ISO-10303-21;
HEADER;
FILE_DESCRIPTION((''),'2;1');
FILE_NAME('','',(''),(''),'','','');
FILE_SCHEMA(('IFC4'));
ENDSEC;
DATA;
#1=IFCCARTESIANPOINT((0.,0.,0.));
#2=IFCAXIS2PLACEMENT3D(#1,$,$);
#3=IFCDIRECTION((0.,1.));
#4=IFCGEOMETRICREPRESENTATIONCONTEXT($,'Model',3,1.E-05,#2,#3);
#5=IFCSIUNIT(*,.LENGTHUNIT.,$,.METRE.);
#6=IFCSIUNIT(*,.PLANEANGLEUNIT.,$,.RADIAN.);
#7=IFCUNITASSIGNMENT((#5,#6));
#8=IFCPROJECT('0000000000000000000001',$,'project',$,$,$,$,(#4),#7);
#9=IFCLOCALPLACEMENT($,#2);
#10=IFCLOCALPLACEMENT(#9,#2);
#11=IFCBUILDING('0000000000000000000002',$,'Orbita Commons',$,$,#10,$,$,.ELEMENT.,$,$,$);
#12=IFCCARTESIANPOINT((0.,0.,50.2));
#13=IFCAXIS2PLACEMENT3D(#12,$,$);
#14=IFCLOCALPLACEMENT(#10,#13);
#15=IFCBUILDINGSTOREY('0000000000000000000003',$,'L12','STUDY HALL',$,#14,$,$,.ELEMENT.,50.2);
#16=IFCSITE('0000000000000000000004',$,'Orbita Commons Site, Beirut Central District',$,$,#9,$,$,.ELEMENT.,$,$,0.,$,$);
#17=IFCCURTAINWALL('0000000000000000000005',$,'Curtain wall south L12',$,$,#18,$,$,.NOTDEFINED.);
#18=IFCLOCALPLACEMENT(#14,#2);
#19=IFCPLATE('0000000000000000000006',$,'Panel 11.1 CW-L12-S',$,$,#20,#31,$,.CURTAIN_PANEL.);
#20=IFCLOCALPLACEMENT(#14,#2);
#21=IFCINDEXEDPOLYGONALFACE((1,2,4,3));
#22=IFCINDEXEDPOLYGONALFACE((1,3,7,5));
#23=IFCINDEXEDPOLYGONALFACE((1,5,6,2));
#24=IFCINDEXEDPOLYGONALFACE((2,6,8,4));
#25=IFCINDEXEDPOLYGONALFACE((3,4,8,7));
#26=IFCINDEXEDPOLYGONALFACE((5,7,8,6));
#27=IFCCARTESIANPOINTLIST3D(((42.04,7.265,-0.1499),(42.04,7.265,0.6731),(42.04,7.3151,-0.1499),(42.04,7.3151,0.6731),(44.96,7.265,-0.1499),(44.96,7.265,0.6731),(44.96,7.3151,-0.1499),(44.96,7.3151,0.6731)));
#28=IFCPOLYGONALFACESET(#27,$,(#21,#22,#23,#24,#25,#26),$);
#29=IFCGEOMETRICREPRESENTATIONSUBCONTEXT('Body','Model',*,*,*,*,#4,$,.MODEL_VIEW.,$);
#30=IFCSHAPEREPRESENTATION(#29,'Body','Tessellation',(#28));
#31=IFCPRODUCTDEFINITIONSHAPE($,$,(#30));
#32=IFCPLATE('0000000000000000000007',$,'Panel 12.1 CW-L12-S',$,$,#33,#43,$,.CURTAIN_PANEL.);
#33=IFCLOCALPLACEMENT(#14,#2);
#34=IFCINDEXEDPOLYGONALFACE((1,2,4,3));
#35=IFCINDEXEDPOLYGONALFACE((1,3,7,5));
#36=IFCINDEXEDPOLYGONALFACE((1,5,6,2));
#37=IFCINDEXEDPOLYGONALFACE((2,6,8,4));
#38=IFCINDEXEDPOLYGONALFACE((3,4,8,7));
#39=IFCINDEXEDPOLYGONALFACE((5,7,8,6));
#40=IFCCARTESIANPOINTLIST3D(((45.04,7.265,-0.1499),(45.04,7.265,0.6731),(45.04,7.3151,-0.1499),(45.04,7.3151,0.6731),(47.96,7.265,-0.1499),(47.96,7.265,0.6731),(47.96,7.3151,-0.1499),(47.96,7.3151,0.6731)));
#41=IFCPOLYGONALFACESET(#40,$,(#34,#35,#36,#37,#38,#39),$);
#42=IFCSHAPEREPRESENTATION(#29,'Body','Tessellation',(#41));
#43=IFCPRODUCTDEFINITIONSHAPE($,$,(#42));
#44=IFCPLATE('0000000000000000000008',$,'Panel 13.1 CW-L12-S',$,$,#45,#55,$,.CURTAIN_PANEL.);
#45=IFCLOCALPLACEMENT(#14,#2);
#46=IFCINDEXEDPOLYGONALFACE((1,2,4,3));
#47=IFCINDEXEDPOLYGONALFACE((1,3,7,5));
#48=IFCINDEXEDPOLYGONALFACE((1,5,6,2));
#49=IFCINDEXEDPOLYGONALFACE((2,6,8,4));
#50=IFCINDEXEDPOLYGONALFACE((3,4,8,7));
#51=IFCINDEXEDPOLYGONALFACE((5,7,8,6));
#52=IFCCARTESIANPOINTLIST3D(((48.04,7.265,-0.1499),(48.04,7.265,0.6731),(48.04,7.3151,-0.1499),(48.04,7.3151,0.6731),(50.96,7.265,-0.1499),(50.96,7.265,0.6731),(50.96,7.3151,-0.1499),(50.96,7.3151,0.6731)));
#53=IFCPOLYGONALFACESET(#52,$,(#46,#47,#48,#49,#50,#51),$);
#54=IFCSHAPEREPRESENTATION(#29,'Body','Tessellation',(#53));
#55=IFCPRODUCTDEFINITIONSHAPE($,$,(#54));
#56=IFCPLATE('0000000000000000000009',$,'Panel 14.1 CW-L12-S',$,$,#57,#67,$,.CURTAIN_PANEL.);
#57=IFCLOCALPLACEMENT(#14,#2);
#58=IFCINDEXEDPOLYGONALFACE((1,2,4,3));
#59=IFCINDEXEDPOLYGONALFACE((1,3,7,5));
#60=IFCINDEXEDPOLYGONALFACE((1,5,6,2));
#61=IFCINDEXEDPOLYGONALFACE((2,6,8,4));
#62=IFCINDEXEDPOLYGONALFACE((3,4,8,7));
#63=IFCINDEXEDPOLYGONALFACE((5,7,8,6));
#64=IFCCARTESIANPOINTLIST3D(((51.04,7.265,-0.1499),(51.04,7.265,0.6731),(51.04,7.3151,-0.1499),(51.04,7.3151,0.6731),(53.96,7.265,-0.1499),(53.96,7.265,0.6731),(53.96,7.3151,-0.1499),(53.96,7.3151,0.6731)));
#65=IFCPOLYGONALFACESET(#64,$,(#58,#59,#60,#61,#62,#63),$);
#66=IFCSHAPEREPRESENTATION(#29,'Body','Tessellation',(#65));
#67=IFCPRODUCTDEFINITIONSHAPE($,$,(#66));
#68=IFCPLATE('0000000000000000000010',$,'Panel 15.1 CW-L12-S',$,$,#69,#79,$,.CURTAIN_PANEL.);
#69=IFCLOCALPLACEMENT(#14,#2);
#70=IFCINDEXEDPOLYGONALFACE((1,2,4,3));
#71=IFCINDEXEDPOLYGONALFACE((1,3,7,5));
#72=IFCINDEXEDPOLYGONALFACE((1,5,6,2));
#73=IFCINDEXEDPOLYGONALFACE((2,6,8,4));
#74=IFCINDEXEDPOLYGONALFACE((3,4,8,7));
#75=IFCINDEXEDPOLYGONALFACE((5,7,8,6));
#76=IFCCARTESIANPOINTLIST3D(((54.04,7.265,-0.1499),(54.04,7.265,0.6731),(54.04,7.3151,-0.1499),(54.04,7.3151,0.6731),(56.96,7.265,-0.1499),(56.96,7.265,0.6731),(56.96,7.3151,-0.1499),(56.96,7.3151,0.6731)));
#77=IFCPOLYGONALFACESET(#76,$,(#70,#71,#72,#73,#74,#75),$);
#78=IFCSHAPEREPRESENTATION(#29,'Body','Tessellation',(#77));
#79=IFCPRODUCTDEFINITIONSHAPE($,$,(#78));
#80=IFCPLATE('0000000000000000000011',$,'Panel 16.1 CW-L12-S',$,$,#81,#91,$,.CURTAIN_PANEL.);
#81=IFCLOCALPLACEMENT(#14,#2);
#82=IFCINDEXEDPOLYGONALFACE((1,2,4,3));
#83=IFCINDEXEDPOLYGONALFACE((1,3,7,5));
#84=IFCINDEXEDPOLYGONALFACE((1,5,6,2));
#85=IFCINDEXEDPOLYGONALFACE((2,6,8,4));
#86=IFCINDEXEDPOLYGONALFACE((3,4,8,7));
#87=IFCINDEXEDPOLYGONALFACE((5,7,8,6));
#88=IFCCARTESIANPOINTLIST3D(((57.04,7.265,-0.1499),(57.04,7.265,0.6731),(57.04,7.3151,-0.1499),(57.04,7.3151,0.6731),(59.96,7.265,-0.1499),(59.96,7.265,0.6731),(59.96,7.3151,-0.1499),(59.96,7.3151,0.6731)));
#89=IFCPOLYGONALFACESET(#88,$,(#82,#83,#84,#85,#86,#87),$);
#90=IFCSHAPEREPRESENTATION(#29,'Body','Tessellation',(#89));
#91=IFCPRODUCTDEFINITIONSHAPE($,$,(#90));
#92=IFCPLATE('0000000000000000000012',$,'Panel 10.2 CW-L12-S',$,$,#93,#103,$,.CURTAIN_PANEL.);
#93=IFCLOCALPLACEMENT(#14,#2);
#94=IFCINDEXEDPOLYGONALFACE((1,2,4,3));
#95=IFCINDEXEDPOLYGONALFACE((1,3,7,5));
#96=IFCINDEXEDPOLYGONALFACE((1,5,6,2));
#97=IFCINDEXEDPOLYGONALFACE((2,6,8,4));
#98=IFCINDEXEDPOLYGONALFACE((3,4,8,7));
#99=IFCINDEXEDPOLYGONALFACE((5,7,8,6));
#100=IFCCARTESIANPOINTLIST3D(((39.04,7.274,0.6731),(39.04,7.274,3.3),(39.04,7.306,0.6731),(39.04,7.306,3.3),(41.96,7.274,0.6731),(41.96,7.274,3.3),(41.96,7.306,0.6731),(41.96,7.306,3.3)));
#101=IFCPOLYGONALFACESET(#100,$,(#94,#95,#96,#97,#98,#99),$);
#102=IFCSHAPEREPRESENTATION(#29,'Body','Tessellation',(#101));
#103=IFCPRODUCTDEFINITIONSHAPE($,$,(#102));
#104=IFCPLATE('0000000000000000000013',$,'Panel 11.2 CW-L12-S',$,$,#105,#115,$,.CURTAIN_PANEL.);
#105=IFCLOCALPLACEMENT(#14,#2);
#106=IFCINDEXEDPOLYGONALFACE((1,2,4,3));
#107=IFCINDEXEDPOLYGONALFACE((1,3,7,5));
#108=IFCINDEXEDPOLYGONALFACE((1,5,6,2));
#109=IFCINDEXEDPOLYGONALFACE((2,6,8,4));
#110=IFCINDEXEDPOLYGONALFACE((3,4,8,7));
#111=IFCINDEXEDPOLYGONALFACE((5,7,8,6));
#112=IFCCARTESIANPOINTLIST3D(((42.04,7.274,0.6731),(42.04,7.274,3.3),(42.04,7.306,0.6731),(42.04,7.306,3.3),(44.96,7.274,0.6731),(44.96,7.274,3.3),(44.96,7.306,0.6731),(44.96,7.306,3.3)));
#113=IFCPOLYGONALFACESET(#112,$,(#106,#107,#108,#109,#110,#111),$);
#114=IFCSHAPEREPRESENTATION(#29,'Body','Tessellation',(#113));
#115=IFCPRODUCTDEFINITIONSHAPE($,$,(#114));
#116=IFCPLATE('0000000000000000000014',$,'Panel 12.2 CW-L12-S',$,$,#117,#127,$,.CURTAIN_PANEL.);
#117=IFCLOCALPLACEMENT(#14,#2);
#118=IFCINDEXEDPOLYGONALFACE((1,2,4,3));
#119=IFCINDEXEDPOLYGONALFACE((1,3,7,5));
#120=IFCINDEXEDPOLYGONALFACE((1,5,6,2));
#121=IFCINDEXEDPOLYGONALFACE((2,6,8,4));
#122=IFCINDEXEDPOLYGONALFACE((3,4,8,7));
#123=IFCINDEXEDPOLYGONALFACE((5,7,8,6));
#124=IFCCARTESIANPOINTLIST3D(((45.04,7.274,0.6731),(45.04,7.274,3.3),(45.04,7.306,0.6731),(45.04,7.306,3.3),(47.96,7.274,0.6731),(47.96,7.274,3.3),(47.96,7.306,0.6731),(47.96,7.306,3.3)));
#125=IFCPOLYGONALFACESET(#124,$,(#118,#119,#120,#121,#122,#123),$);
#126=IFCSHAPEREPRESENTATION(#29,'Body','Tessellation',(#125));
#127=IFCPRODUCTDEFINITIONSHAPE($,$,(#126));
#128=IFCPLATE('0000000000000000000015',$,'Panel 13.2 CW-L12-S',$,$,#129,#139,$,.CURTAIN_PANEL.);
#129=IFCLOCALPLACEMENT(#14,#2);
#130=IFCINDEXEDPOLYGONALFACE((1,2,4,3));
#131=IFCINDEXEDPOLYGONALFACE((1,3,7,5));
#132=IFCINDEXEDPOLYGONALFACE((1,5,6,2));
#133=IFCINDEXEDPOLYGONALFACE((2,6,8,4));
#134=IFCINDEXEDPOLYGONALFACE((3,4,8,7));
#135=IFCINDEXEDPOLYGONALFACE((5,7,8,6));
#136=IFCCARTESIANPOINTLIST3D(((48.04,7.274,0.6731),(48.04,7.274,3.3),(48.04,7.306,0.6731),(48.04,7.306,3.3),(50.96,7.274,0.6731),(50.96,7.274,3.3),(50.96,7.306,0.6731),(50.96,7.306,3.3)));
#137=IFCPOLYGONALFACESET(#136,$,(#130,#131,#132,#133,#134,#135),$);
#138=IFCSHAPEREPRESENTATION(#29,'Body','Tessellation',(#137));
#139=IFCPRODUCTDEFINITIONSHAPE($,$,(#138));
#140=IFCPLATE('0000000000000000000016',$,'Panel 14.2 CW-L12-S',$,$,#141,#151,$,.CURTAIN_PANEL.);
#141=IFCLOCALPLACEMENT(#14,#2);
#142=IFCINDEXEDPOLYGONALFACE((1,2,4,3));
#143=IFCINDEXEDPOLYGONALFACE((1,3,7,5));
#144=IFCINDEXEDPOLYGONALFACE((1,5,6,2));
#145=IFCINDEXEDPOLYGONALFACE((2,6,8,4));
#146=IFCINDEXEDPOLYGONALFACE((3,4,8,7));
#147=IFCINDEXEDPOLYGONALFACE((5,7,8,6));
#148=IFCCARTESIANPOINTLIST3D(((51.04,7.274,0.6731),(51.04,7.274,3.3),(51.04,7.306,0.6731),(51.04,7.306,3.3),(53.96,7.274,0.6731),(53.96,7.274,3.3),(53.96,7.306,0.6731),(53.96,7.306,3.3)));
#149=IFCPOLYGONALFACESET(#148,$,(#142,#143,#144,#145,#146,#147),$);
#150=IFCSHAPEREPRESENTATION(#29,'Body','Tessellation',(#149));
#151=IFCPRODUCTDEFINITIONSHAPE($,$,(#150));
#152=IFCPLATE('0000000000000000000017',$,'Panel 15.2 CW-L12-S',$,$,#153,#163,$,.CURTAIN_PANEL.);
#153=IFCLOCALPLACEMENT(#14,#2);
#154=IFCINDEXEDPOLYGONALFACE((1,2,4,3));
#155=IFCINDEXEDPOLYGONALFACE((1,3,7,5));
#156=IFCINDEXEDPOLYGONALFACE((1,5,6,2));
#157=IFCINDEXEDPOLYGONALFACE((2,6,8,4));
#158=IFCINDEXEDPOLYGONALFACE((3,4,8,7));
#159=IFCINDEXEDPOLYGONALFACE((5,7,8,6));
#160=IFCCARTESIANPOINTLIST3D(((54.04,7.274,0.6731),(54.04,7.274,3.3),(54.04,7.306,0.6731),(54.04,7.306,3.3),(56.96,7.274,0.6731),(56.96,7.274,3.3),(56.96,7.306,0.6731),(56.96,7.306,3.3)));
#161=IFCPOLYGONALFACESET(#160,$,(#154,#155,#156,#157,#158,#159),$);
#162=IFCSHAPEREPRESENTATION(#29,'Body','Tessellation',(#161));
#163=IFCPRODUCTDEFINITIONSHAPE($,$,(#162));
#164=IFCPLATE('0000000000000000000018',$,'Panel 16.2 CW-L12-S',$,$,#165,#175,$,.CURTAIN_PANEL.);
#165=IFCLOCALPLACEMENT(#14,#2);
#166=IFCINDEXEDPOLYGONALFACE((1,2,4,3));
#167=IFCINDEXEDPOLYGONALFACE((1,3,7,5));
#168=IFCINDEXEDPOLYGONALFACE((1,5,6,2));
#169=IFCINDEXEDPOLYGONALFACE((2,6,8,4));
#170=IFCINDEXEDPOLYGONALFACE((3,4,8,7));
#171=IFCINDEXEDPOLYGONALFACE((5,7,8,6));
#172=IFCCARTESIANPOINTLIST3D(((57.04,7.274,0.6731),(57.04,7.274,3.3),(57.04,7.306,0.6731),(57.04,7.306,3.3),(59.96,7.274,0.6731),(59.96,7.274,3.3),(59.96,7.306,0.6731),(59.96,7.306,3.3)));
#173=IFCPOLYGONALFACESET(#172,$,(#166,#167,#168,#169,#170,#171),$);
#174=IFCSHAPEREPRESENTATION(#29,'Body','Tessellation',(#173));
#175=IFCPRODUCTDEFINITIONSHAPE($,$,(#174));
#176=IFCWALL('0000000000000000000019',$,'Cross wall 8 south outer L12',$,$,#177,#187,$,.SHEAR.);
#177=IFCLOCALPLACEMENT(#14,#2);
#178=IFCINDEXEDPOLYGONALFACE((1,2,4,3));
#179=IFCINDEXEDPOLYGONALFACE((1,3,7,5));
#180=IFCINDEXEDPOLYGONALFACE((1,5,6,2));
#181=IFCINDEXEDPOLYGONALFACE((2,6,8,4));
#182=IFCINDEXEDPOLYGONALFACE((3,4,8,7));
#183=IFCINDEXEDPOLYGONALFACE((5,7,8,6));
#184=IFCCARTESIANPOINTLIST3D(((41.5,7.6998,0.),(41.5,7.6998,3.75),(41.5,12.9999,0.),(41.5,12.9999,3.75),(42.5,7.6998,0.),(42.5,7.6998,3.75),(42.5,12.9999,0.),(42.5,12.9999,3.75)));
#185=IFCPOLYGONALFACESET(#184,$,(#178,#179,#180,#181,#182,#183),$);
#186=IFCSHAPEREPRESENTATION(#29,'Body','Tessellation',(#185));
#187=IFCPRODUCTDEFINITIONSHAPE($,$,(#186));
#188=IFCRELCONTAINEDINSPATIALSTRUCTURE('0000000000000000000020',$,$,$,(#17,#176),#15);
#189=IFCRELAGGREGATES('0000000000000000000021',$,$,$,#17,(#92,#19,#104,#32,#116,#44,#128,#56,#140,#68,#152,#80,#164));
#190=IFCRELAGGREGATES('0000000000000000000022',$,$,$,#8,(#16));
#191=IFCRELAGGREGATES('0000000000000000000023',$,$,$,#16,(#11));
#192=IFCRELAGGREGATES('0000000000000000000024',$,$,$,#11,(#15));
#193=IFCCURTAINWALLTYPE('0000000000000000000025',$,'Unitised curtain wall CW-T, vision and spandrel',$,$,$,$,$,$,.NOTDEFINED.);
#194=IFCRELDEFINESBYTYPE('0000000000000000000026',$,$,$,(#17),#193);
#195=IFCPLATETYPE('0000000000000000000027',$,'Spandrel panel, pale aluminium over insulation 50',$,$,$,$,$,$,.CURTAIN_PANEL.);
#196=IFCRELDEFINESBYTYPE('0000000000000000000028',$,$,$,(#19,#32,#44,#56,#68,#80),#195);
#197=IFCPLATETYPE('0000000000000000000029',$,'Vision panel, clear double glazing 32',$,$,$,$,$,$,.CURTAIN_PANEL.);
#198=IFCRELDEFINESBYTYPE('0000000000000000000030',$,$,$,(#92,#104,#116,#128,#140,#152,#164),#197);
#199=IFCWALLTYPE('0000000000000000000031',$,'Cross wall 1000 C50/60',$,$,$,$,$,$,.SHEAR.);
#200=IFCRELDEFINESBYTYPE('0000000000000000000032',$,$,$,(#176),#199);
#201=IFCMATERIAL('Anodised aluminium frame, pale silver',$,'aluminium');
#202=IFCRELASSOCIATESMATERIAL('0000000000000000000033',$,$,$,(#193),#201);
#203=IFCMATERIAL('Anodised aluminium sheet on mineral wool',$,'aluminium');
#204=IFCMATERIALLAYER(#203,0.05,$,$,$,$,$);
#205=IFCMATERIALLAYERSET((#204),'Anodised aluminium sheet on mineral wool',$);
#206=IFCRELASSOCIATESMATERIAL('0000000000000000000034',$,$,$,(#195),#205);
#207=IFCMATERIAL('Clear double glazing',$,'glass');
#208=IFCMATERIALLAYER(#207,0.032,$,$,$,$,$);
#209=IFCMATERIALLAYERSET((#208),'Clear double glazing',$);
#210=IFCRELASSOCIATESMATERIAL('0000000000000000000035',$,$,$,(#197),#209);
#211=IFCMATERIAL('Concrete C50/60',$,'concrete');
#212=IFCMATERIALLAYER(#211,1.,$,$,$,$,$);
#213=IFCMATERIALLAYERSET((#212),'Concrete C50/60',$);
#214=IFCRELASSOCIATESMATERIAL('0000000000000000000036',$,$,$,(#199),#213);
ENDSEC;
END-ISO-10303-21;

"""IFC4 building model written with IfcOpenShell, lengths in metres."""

from ifc_helpers import new_model, si_unit, direction, frame, frame_2d, origin, origin_2d, place, context, subcontext, project, spatial, rectangle, extrude, material, layer, layer_set, type_object, element, aggregate, save


model = new_model("IFC4")

# Units and contexts
model_context = context("Model", 3, precision=1e-05, world=origin(), true_north=direction((0.0, 1.0)))
body_context = subcontext(model_context, "Body", "Model", "MODEL_VIEW")
ifc_project = project(units=[si_unit("LENGTHUNIT", "METRE"), si_unit("PLANEANGLEUNIT", "RADIAN")], contexts=[model_context])

# Site, building, storey
site_placement = place(None, origin())
site = spatial("IfcSite", under=ifc_project, at=site_placement, Name="Orbita Commons Site, Beirut Central District", CompositionType="ELEMENT", RefElevation=0.0)
building_placement = place(site_placement, origin())
building = spatial("IfcBuilding", under=site, at=building_placement, Name="Orbita Commons", CompositionType="ELEMENT")
storey_placement = place(building_placement, frame((0.0, 0.0, 50.2)))
storey = spatial("IfcBuildingStorey", under=building, at=storey_placement, Name="L12", Description="STUDY HALL", CompositionType="ELEMENT", Elevation=50.2)

# Curtain wall, plates
ifc_material_1 = material(Name="Anodised aluminium frame, pale silver", Category="aluminium")
curtain_wall_type = type_object("IfcCurtainWallType", Name="Unitised curtain wall CW-T, vision and spandrel", PredefinedType="NOTDEFINED", material=ifc_material_1)
curtain_wall_placement = place(storey_placement, origin())
curtain_wall = element("IfcCurtainWall", 1, at=curtain_wall_placement, inside=storey, type_object=curtain_wall_type, Name="Curtain wall south L12", PredefinedType="NOTDEFINED")
ifc_material_2 = material(Name="Anodised aluminium sheet on mineral wool", Category="aluminium")
ifc_layer_1 = layer(ifc_material_2, 0.05)
ifc_layer_set_1 = layer_set([ifc_layer_1], Name="Anodised aluminium sheet on mineral wool")
plate_type_1 = type_object("IfcPlateType", Name="Spandrel panel, pale aluminium over insulation 50", PredefinedType="CURTAIN_PANEL", material=ifc_layer_set_1)
plate_1_placement = place(storey_placement, frame((43.5, 7.29, -0.1499), z_axis=(0.0, 0.0, 1.0), x_axis=(1.0, 0.0, 0.0)))
plate_1 = element("IfcPlate", 2, at=plate_1_placement, type_object=plate_type_1, Name="Panel 11.1 CW-L12-S", PredefinedType="CURTAIN_PANEL", context=body_context, shape_type="SweptSolid", body=[
    extrude(rectangle(XDim=2.9199, YDim=0.05, at=origin_2d()), origin(), (0.0, 0.0, 1.0), 0.823),
])
plate_2_placement = place(storey_placement, frame((46.5, 7.29, -0.1499), z_axis=(0.0, 0.0, 1.0), x_axis=(1.0, 0.0, 0.0)))
plate_2 = element("IfcPlate", 3, at=plate_2_placement, type_object=plate_type_1, Name="Panel 12.1 CW-L12-S", PredefinedType="CURTAIN_PANEL", context=body_context, shape_type="SweptSolid", body=[
    extrude(rectangle(XDim=2.9199, YDim=0.05, at=origin_2d()), origin(), (0.0, 0.0, 1.0), 0.823),
])
plate_3_placement = place(storey_placement, frame((49.5, 7.29, -0.1499), z_axis=(0.0, 0.0, 1.0), x_axis=(1.0, 0.0, 0.0)))
plate_3 = element("IfcPlate", 4, at=plate_3_placement, type_object=plate_type_1, Name="Panel 13.1 CW-L12-S", PredefinedType="CURTAIN_PANEL", context=body_context, shape_type="SweptSolid", body=[
    extrude(rectangle(XDim=2.9199, YDim=0.05, at=origin_2d()), origin(), (0.0, 0.0, 1.0), 0.823),
])
plate_4_placement = place(storey_placement, frame((52.5, 7.29, -0.1499), z_axis=(0.0, 0.0, 1.0), x_axis=(1.0, 0.0, 0.0)))
plate_4 = element("IfcPlate", 5, at=plate_4_placement, type_object=plate_type_1, Name="Panel 14.1 CW-L12-S", PredefinedType="CURTAIN_PANEL", context=body_context, shape_type="SweptSolid", body=[
    extrude(rectangle(XDim=2.9199, YDim=0.05, at=origin_2d()), origin(), (0.0, 0.0, 1.0), 0.823),
])
plate_5_placement = place(storey_placement, frame((55.5, 7.29, -0.1499), z_axis=(0.0, 0.0, 1.0), x_axis=(1.0, 0.0, 0.0)))
plate_5 = element("IfcPlate", 6, at=plate_5_placement, type_object=plate_type_1, Name="Panel 15.1 CW-L12-S", PredefinedType="CURTAIN_PANEL", context=body_context, shape_type="SweptSolid", body=[
    extrude(rectangle(XDim=2.9199, YDim=0.05, at=origin_2d()), origin(), (0.0, 0.0, 1.0), 0.823),
])
plate_6_placement = place(storey_placement, frame((58.5, 7.29, -0.1499), z_axis=(0.0, 0.0, 1.0), x_axis=(1.0, 0.0, 0.0)))
plate_6 = element("IfcPlate", 7, at=plate_6_placement, type_object=plate_type_1, Name="Panel 16.1 CW-L12-S", PredefinedType="CURTAIN_PANEL", context=body_context, shape_type="SweptSolid", body=[
    extrude(rectangle(XDim=2.9199, YDim=0.05, at=origin_2d()), origin(), (0.0, 0.0, 1.0), 0.823),
])
ifc_material_3 = material(Name="Clear double glazing", Category="glass")
ifc_layer_2 = layer(ifc_material_3, 0.032)
ifc_layer_set_2 = layer_set([ifc_layer_2], Name="Clear double glazing")
plate_type_2 = type_object("IfcPlateType", Name="Vision panel, clear double glazing 32", PredefinedType="CURTAIN_PANEL", material=ifc_layer_set_2)
plate_7_placement = place(storey_placement, frame((40.5, 7.29, 0.6731), z_axis=(0.0, 0.0, 1.0), x_axis=(1.0, 0.0, 0.0)))
plate_7 = element("IfcPlate", 8, at=plate_7_placement, type_object=plate_type_2, Name="Panel 10.2 CW-L12-S", PredefinedType="CURTAIN_PANEL", context=body_context, shape_type="SweptSolid", body=[
    extrude(rectangle(XDim=2.9199, YDim=0.032, at=origin_2d()), origin(), (0.0, 0.0, 1.0), 2.627),
])
plate_8_placement = place(storey_placement, frame((43.5, 7.29, 0.6731), z_axis=(0.0, 0.0, 1.0), x_axis=(1.0, 0.0, 0.0)))
plate_8 = element("IfcPlate", 9, at=plate_8_placement, type_object=plate_type_2, Name="Panel 11.2 CW-L12-S", PredefinedType="CURTAIN_PANEL", context=body_context, shape_type="SweptSolid", body=[
    extrude(rectangle(XDim=2.9199, YDim=0.032, at=origin_2d()), origin(), (0.0, 0.0, 1.0), 2.627),
])
plate_9_placement = place(storey_placement, frame((46.5, 7.29, 0.6731), z_axis=(0.0, 0.0, 1.0), x_axis=(1.0, 0.0, 0.0)))
plate_9 = element("IfcPlate", 10, at=plate_9_placement, type_object=plate_type_2, Name="Panel 12.2 CW-L12-S", PredefinedType="CURTAIN_PANEL", context=body_context, shape_type="SweptSolid", body=[
    extrude(rectangle(XDim=2.9199, YDim=0.032, at=origin_2d()), origin(), (0.0, 0.0, 1.0), 2.627),
])
plate_10_placement = place(storey_placement, frame((49.5, 7.29, 0.6731), z_axis=(0.0, 0.0, 1.0), x_axis=(1.0, 0.0, 0.0)))
plate_10 = element("IfcPlate", 11, at=plate_10_placement, type_object=plate_type_2, Name="Panel 13.2 CW-L12-S", PredefinedType="CURTAIN_PANEL", context=body_context, shape_type="SweptSolid", body=[
    extrude(rectangle(XDim=2.9199, YDim=0.032, at=origin_2d()), origin(), (0.0, 0.0, 1.0), 2.627),
])
plate_11_placement = place(storey_placement, frame((52.5, 7.29, 0.6731), z_axis=(0.0, 0.0, 1.0), x_axis=(1.0, 0.0, 0.0)))
plate_11 = element("IfcPlate", 12, at=plate_11_placement, type_object=plate_type_2, Name="Panel 14.2 CW-L12-S", PredefinedType="CURTAIN_PANEL", context=body_context, shape_type="SweptSolid", body=[
    extrude(rectangle(XDim=2.9199, YDim=0.032, at=origin_2d()), origin(), (0.0, 0.0, 1.0), 2.627),
])
plate_12_placement = place(storey_placement, frame((55.5, 7.29, 0.6731), z_axis=(0.0, 0.0, 1.0), x_axis=(1.0, 0.0, 0.0)))
plate_12 = element("IfcPlate", 13, at=plate_12_placement, type_object=plate_type_2, Name="Panel 15.2 CW-L12-S", PredefinedType="CURTAIN_PANEL", context=body_context, shape_type="SweptSolid", body=[
    extrude(rectangle(XDim=2.9199, YDim=0.032, at=origin_2d()), origin(), (0.0, 0.0, 1.0), 2.627),
])
plate_13_placement = place(storey_placement, frame((58.5, 7.29, 0.6731), z_axis=(0.0, 0.0, 1.0), x_axis=(1.0, 0.0, 0.0)))
plate_13 = element("IfcPlate", 14, at=plate_13_placement, type_object=plate_type_2, Name="Panel 16.2 CW-L12-S", PredefinedType="CURTAIN_PANEL", context=body_context, shape_type="SweptSolid", body=[
    extrude(rectangle(XDim=2.9199, YDim=0.032, at=origin_2d()), origin(), (0.0, 0.0, 1.0), 2.627),
])
aggregate(curtain_wall, [plate_7, plate_1, plate_8, plate_2, plate_9, plate_3, plate_10, plate_4, plate_11, plate_5, plate_12, plate_6, plate_13])

# Wall
ifc_material_4 = material(Name="Concrete C50/60", Category="concrete")
ifc_layer_3 = layer(ifc_material_4, 1.0)
ifc_layer_set_3 = layer_set([ifc_layer_3], Name="Concrete C50/60")
wall_type_1 = type_object("IfcWallType", Name="Cross wall 1000 C50/60", PredefinedType="SHEAR", material=ifc_layer_set_3)
wall_1_placement = place(storey_placement, frame((42.0, 7.7, 0.0), z_axis=(0.0, 0.0, 1.0), x_axis=(0.0, 1.0, 0.0)))
element("IfcWall", 15, at=wall_1_placement, inside=storey, type_object=wall_type_1, Name="Cross wall 8 south outer L12", PredefinedType="SHEAR", context=body_context, shape_type="SweptSolid", body=[
    extrude(rectangle(XDim=5.3, YDim=1.0, at=frame_2d((2.6499, 0.0))), origin(), (0.0, 0.0, 1.0), 3.75),
])

save(model, "model.ifc")
